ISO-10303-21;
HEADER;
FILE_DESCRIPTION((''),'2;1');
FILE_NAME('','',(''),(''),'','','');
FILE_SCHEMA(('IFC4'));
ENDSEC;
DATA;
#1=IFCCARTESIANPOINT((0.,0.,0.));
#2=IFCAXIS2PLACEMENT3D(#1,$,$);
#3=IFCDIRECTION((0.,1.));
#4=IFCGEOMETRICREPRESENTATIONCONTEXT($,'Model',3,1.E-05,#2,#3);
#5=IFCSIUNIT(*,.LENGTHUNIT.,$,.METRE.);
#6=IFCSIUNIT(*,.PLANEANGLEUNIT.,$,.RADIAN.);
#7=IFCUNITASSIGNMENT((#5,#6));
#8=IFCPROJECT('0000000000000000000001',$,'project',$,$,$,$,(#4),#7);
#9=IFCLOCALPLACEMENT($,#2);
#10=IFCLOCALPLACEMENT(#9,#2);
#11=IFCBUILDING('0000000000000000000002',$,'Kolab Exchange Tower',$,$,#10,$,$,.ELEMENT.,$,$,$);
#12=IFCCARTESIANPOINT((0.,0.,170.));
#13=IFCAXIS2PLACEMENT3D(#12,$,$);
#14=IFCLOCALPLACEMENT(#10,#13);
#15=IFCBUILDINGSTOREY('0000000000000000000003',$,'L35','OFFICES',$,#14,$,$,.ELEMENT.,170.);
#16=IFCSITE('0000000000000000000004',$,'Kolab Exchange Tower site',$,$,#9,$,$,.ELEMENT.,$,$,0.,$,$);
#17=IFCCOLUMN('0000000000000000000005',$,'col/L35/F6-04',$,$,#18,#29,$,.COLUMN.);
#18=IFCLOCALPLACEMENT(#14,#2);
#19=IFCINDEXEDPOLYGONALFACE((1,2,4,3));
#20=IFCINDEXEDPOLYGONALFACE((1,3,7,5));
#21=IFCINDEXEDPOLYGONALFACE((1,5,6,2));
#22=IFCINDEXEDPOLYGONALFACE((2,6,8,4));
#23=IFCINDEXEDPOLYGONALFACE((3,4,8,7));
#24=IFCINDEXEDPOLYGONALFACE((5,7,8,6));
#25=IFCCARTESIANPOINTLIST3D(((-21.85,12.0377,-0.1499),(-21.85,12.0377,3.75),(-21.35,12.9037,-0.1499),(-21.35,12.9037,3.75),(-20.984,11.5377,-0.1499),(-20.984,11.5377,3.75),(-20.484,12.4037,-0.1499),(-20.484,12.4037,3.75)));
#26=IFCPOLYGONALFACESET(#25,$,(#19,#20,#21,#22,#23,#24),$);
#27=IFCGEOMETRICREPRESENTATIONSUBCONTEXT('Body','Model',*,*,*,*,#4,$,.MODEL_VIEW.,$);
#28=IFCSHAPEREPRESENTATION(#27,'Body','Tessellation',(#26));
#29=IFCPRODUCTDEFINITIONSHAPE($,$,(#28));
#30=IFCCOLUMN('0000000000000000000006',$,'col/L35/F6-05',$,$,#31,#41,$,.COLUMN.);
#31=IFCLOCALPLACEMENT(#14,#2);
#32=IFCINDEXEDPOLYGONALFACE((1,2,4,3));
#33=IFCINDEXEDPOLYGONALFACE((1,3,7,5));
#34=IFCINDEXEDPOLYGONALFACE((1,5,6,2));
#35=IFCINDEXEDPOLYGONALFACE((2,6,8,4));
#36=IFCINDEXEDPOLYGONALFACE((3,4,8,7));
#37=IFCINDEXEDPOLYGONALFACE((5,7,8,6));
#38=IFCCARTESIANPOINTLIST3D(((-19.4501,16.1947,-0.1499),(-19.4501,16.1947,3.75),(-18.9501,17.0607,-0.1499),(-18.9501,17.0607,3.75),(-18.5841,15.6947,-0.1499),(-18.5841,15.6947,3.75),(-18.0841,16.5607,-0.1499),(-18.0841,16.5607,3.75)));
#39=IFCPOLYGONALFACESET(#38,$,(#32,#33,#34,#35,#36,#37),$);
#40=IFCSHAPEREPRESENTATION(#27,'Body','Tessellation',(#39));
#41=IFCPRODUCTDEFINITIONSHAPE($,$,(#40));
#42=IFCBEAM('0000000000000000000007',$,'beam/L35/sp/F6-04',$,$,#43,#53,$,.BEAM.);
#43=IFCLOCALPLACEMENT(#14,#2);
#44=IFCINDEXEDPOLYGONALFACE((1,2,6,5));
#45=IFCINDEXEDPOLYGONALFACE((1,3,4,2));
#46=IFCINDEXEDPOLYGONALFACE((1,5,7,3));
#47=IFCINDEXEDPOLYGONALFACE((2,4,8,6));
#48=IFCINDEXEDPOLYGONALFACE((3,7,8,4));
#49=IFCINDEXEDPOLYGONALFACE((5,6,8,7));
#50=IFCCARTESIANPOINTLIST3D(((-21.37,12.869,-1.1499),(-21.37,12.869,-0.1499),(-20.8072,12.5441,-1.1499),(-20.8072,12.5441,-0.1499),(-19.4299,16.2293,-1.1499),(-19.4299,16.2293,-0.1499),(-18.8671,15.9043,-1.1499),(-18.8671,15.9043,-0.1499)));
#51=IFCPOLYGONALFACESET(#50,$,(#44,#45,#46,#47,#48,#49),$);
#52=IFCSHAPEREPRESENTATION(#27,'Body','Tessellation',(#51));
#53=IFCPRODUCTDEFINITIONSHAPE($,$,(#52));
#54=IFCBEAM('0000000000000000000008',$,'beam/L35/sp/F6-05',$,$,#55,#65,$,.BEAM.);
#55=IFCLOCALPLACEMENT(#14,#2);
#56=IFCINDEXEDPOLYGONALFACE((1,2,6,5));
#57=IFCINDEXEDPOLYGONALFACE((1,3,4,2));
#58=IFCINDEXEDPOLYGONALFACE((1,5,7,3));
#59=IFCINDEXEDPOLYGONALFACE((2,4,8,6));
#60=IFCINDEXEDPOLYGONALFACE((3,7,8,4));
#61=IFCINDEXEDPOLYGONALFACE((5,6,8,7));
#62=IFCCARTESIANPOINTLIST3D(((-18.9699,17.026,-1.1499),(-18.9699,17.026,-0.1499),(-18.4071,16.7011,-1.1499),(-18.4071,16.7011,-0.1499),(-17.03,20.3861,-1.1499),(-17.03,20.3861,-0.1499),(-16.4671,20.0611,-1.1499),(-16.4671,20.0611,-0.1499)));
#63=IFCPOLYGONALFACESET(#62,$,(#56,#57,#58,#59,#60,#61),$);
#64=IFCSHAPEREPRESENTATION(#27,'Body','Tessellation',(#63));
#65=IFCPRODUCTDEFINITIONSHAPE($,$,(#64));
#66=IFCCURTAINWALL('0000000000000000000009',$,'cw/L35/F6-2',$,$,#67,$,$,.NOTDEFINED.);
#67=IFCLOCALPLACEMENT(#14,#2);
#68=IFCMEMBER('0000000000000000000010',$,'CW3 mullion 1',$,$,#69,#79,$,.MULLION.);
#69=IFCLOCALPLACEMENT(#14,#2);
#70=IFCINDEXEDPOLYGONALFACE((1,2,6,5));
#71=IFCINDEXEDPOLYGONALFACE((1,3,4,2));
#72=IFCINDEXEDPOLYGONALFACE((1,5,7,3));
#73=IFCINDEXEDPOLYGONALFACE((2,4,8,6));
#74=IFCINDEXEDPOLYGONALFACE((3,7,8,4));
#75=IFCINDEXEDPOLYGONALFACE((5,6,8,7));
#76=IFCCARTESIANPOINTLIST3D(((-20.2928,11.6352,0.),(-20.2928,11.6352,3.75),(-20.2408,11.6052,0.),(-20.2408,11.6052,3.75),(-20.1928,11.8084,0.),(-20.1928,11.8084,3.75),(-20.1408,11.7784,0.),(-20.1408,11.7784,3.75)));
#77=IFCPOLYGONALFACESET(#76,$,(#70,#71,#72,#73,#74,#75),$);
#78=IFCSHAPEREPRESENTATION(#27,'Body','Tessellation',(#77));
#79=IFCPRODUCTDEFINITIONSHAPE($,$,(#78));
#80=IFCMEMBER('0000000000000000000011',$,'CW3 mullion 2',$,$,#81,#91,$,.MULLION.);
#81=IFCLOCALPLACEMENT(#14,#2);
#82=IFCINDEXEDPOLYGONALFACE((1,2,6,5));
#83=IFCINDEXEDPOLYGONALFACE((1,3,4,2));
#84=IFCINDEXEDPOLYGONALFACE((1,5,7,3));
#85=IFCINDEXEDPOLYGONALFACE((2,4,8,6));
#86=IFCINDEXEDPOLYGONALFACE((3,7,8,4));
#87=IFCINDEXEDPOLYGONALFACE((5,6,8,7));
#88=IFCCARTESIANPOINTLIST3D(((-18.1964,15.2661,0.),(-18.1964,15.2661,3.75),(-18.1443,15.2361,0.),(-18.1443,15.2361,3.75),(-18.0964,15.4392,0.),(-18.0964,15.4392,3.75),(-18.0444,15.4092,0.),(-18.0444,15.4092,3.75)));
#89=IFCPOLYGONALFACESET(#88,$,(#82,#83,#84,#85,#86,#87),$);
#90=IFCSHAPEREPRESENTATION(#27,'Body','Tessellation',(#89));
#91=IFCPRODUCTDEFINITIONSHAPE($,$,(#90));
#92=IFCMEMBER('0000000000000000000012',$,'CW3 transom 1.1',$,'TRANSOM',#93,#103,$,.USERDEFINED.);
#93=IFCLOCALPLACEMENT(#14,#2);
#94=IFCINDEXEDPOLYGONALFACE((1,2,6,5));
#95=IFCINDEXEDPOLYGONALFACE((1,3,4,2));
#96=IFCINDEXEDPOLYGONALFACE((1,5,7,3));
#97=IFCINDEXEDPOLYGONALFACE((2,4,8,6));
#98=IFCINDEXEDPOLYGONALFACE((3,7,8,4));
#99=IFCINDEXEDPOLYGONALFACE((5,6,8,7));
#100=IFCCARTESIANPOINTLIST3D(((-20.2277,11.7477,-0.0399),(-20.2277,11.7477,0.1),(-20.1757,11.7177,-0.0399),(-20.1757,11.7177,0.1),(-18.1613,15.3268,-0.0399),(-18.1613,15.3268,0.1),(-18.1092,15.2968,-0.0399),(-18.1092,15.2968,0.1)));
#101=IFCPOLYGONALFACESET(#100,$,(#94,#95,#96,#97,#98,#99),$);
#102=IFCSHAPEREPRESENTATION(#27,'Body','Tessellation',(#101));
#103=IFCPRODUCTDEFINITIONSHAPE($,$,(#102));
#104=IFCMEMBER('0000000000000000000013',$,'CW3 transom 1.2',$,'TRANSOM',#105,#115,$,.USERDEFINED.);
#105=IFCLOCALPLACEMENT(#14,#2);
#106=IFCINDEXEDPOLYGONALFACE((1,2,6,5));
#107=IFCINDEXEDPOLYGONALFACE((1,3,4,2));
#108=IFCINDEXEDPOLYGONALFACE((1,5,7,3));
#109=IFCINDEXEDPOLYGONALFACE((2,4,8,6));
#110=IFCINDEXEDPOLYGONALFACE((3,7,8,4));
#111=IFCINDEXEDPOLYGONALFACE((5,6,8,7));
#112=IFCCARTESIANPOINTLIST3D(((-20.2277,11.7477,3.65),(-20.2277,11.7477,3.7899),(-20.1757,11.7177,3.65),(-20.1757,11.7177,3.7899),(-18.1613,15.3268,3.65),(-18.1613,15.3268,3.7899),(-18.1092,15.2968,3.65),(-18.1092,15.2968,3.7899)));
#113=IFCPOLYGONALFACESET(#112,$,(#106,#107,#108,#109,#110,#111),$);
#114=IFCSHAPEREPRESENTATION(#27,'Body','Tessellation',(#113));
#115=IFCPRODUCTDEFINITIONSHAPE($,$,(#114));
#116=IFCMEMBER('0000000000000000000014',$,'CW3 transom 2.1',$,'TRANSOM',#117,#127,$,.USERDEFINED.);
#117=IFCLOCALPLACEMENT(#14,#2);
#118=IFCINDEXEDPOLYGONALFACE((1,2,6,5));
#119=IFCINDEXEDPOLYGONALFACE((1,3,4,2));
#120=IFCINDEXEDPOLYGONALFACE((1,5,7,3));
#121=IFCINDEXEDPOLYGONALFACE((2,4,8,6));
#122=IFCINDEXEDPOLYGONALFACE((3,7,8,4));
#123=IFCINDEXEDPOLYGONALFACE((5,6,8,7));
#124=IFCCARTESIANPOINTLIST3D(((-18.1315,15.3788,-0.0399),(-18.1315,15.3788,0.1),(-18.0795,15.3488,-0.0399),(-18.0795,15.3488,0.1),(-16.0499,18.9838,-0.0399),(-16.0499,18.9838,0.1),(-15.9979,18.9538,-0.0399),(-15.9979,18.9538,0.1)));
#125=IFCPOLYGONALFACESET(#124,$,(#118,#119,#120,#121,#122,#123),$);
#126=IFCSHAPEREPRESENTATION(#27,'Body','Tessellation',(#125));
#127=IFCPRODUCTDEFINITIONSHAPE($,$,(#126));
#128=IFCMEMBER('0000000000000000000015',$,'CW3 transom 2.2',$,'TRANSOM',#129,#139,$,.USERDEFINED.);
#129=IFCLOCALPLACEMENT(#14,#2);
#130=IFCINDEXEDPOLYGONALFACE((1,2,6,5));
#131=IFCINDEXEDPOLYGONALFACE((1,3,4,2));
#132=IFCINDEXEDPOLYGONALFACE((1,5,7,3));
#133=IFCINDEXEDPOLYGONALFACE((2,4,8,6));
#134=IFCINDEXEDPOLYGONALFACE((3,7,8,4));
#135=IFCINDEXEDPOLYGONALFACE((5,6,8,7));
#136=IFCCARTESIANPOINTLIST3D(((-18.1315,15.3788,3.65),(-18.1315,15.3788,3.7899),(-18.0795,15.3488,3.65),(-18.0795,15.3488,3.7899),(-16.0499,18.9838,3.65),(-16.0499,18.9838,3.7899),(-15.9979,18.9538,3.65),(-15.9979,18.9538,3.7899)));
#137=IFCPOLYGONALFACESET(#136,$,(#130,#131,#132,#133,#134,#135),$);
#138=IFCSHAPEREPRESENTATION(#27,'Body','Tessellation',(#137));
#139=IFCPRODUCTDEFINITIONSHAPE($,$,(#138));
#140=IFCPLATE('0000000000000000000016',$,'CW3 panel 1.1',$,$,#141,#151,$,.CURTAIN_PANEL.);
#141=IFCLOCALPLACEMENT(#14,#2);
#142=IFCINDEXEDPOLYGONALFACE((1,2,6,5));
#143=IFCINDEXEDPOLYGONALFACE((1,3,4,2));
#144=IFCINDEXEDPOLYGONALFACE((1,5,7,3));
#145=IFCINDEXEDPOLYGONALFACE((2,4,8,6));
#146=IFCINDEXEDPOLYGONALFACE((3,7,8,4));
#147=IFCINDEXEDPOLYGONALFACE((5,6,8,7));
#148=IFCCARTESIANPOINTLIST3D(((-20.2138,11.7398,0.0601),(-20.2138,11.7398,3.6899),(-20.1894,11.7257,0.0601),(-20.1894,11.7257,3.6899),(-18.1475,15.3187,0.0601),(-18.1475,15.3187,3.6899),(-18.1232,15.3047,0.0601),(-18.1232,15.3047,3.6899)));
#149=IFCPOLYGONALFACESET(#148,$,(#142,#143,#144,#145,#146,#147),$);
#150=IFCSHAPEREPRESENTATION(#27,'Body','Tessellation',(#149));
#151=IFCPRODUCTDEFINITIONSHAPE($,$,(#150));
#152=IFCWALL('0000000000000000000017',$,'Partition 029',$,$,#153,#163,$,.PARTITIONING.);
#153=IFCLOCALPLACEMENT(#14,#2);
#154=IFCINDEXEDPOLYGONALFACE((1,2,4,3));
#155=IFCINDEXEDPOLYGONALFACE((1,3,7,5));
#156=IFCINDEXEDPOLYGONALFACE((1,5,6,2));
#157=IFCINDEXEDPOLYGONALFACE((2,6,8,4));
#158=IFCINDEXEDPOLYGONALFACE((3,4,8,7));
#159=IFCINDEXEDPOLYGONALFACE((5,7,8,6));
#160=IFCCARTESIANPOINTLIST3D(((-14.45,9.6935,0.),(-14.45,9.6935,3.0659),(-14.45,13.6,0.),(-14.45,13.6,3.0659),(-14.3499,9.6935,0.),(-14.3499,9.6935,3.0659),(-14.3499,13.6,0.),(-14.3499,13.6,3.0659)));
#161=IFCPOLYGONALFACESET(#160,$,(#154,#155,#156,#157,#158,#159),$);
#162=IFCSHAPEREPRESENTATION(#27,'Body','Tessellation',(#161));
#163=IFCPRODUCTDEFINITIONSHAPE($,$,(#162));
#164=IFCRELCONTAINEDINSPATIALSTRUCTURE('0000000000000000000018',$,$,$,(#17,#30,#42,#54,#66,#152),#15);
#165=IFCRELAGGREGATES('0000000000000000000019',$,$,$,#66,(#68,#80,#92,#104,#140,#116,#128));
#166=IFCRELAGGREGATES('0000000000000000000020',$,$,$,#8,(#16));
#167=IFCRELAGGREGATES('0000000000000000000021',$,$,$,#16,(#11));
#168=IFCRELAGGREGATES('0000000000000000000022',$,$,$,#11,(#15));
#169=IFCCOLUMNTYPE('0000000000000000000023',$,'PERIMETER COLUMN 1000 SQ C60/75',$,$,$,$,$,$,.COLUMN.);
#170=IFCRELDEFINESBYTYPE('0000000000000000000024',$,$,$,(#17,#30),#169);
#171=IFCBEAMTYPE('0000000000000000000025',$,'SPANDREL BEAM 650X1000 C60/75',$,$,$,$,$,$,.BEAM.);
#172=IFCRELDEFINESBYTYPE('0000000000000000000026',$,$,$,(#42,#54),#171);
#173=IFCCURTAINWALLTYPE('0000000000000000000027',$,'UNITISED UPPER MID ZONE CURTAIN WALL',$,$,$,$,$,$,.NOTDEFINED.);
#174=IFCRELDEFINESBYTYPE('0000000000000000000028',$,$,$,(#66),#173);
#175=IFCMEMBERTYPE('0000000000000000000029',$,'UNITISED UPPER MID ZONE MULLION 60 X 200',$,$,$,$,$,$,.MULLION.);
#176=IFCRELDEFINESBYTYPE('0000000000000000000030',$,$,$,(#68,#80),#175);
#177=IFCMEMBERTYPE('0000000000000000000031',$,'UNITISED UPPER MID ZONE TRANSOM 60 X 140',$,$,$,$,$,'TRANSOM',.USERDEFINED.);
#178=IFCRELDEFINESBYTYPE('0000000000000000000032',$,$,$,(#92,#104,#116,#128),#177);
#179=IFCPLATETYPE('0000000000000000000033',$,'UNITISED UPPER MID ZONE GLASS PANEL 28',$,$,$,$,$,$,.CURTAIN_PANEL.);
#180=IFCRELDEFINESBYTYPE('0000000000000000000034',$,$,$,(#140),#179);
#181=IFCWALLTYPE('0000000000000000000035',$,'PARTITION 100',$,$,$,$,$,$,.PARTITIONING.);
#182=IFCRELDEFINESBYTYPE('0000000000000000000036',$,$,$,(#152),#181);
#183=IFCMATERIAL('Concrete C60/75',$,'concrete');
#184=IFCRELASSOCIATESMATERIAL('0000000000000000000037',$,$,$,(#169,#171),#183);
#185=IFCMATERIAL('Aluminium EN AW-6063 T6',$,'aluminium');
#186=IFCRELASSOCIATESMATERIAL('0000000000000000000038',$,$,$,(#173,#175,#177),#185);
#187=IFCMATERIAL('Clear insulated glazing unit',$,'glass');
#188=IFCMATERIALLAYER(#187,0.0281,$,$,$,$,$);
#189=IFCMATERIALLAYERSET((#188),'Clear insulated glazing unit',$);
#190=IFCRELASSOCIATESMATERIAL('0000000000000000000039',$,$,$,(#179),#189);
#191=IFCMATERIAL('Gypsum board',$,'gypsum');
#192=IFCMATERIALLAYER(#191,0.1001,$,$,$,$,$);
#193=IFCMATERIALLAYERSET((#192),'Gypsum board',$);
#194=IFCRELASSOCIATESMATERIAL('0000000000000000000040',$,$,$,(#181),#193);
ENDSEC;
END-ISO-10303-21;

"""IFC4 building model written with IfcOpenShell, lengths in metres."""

from ifc_helpers import new_model, si_unit, direction, frame, frame_2d, origin, origin_2d, place, context, subcontext, project, spatial, rectangle, extrude, material, layer, layer_set, material_profile, profile_set, type_object, element, aggregate, save


model = new_model("IFC4")

# Units and contexts
model_context = context("Model", 3, precision=1e-05, world=origin(), true_north=direction((0.0, 1.0)))
body_context = subcontext(model_context, "Body", "Model", "MODEL_VIEW")
ifc_project = project(units=[si_unit("LENGTHUNIT", "METRE"), si_unit("PLANEANGLEUNIT", "RADIAN")], contexts=[model_context])

# Site, building, storey
site_placement = place(None, origin())
site = spatial("IfcSite", under=ifc_project, at=site_placement, Name="Kolab Exchange Tower site", CompositionType="ELEMENT", RefElevation=0.0)
building_placement = place(site_placement, origin())
building = spatial("IfcBuilding", under=site, at=building_placement, Name="Kolab Exchange Tower", CompositionType="ELEMENT")
storey_placement = place(building_placement, frame((0.0, 0.0, 170.0)))
storey = spatial("IfcBuildingStorey", under=building, at=storey_placement, Name="L35", Description="OFFICES", CompositionType="ELEMENT", Elevation=170.0)

# Columns
ifc_material_1 = material(Name="Concrete C60/75", Category="concrete")
ifc_material_profile_1 = material_profile(ifc_material_1, rectangle(XDim=1.0, YDim=1.0, at=origin_2d()), Name="RC1000")
ifc_profile_set_1 = profile_set([ifc_material_profile_1], Name="Concrete C60/75")
column_type = type_object("IfcColumnType", Name="PERIMETER COLUMN 1000 SQ C60/75", PredefinedType="COLUMN", material=ifc_profile_set_1)
for number, where, z_axis, x_axis, name in (
    (1, (-21.167, 12.2207, -0.1499), (0.0, 0.0, 1.0), (0.5, 0.866025, 0.0), "col/L35/F6-04"),
    (2, (-18.7671, 16.3777, -0.1499), (0.0, 0.0, 1.0), (0.5, 0.866025, 0.0), "col/L35/F6-05"),
):
    element("IfcColumn", number, at=place(storey_placement, frame(where, z_axis=z_axis, x_axis=x_axis)), inside=storey, type_object=column_type, Name=name, PredefinedType="COLUMN", context=body_context, shape_type="SweptSolid", body=[
        extrude(rectangle(XDim=1.0, YDim=1.0, at=origin_2d()), origin(), (0.0, 0.0, 1.0), 3.8999),
    ])

# Beams
ifc_material_profile_2 = material_profile(ifc_material_1, rectangle(XDim=0.6499, YDim=1.0, at=origin_2d()), Name="RC650X1000")
ifc_profile_set_2 = profile_set([ifc_material_profile_2], Name="Concrete C60/75")
beam_type = type_object("IfcBeamType", Name="SPANDREL BEAM 650X1000 C60/75", PredefinedType="BEAM", material=ifc_profile_set_2)
beam_1_placement = place(storey_placement, frame((-21.0886, 12.7065, -0.6499), z_axis=(0.500017, 0.866016, 0.0), x_axis=(-0.866016, 0.500017, 0.0)))
element("IfcBeam", 3, at=beam_1_placement, inside=storey, type_object=beam_type, Name="beam/L35/sp/F6-04", PredefinedType="BEAM", context=body_context, shape_type="SweptSolid", body=[
    extrude(rectangle(XDim=0.6499, YDim=1.0, at=origin_2d()), origin(), (0.0, 0.0, 1.0), 3.8801),
])
beam_2_placement = place(storey_placement, frame((-18.6885, 16.8635, -0.6499), z_axis=(0.499997, 0.866027, 0.0), x_axis=(-0.866027, 0.499997, 0.0)))
element("IfcBeam", 4, at=beam_2_placement, inside=storey, type_object=beam_type, Name="beam/L35/sp/F6-05", PredefinedType="BEAM", context=body_context, shape_type="SweptSolid", body=[
    extrude(rectangle(XDim=0.6499, YDim=1.0, at=origin_2d()), origin(), (0.0, 0.0, 1.0), 3.8799),
])

# Curtain wall, members, plate
ifc_material_2 = material(Name="Aluminium EN AW-6063 T6", Category="aluminium")
curtain_wall_type = type_object("IfcCurtainWallType", Name="UNITISED UPPER MID ZONE CURTAIN WALL", PredefinedType="NOTDEFINED", material=ifc_material_2)
curtain_wall_placement = place(storey_placement, origin())
curtain_wall = element("IfcCurtainWall", 5, at=curtain_wall_placement, inside=storey, type_object=curtain_wall_type, Name="cw/L35/F6-2", PredefinedType="NOTDEFINED")
ifc_material_profile_3 = material_profile(ifc_material_2, rectangle(XDim=0.0601, YDim=0.2, at=origin_2d()), Name="RECT 60X200")
ifc_profile_set_3 = profile_set([ifc_material_profile_3], Name="Aluminium EN AW-6063 T6")
member_type_1 = type_object("IfcMemberType", Name="UNITISED UPPER MID ZONE MULLION 60 X 200", PredefinedType="MULLION", material=ifc_profile_set_3)
member_1_placement = place(storey_placement, frame((-20.2168, 11.7068, 0.0), z_axis=(0.0, 0.0, 1.0), x_axis=(-0.866025, 0.5, 0.0)))
member_1 = element("IfcMember", 6, at=member_1_placement, type_object=member_type_1, Name="CW3 mullion 1", PredefinedType="MULLION", context=body_context, shape_type="SweptSolid", body=[
    extrude(rectangle(XDim=0.0601, YDim=0.2, at=origin_2d()), origin(), (0.0, 0.0, 1.0), 3.75),
])
member_2_placement = place(storey_placement, frame((-18.1204, 15.3376, 0.0), z_axis=(0.0, 0.0, 1.0), x_axis=(-0.866025, 0.5, 0.0)))
member_2 = element("IfcMember", 7, at=member_2_placement, type_object=member_type_1, Name="CW3 mullion 2", PredefinedType="MULLION", context=body_context, shape_type="SweptSolid", body=[
    extrude(rectangle(XDim=0.0601, YDim=0.2, at=origin_2d()), origin(), (0.0, 0.0, 1.0), 3.75),
])
ifc_material_profile_4 = material_profile(ifc_material_2, rectangle(XDim=0.0601, YDim=0.1399, at=origin_2d()), Name="RECT 60X140")
ifc_profile_set_4 = profile_set([ifc_material_profile_4], Name="Aluminium EN AW-6063 T6")
member_type_2 = type_object("IfcMemberType", Name="UNITISED UPPER MID ZONE TRANSOM 60 X 140", ElementType="TRANSOM", PredefinedType="USERDEFINED", material=ifc_profile_set_4)
member_3_placement = place(storey_placement, frame((-20.2017, 11.7327, 0.03), z_axis=(0.500002, 0.866024, 0.0), x_axis=(-0.866024, 0.500002, 0.0)))
member_3 = element("IfcMember", 8, at=member_3_placement, type_object=member_type_2, Name="CW3 transom 1.1", ObjectType="TRANSOM", PredefinedType="USERDEFINED", context=body_context, shape_type="SweptSolid", body=[
    extrude(rectangle(XDim=0.0601, YDim=0.1399, at=origin_2d()), origin(), (0.0, 0.0, 1.0), 4.1328),
])
member_4_placement = place(storey_placement, frame((-20.2017, 11.7327, 3.72), z_axis=(0.500002, 0.866024, 0.0), x_axis=(-0.866024, 0.500002, 0.0)))
member_4 = element("IfcMember", 9, at=member_4_placement, type_object=member_type_2, Name="CW3 transom 1.2", ObjectType="TRANSOM", PredefinedType="USERDEFINED", context=body_context, shape_type="SweptSolid", body=[
    extrude(rectangle(XDim=0.0601, YDim=0.1399, at=origin_2d()), origin(), (0.0, 0.0, 1.0), 4.1328),
])
member_5_placement = place(storey_placement, frame((-18.1055, 15.3638, 0.03), z_axis=(0.500037, 0.866004, 0.0), x_axis=(-0.866004, 0.500037, 0.0)))
member_5 = element("IfcMember", 10, at=member_5_placement, type_object=member_type_2, Name="CW3 transom 2.1", ObjectType="TRANSOM", PredefinedType="USERDEFINED", context=body_context, shape_type="SweptSolid", body=[
    extrude(rectangle(XDim=0.0601, YDim=0.1399, at=origin_2d()), origin(), (0.0, 0.0, 1.0), 4.1628),
])
member_6_placement = place(storey_placement, frame((-18.1055, 15.3638, 3.72), z_axis=(0.500037, 0.866004, 0.0), x_axis=(-0.866004, 0.500037, 0.0)))
member_6 = element("IfcMember", 11, at=member_6_placement, type_object=member_type_2, Name="CW3 transom 2.2", ObjectType="TRANSOM", PredefinedType="USERDEFINED", context=body_context, shape_type="SweptSolid", body=[
    extrude(rectangle(XDim=0.0601, YDim=0.1399, at=origin_2d()), origin(), (0.0, 0.0, 1.0), 4.1628),
])
ifc_material_3 = material(Name="Clear insulated glazing unit", Category="glass")
ifc_layer_1 = layer(ifc_material_3, 0.0281)
ifc_layer_set_1 = layer_set([ifc_layer_1], Name="Clear insulated glazing unit")
plate_type = type_object("IfcPlateType", Name="UNITISED UPPER MID ZONE GLASS PANEL 28", PredefinedType="CURTAIN_PANEL", material=ifc_layer_set_1)
plate_placement = place(storey_placement, frame((-19.1685, 13.5222, 0.0601), z_axis=(0.0, 0.0, 1.0), x_axis=(0.5, 0.866025, 0.0)))
plate = element("IfcPlate", 12, at=plate_placement, type_object=plate_type, Name="CW3 panel 1.1", PredefinedType="CURTAIN_PANEL", context=body_context, shape_type="SweptSolid", body=[
    extrude(rectangle(XDim=4.1326, YDim=0.0281, at=origin_2d()), origin(), (0.0, 0.0, 1.0), 3.6299),
])
aggregate(curtain_wall, [member_1, member_2, member_3, member_4, plate, member_5, member_6])

# Wall
ifc_material_4 = material(Name="Gypsum board", Category="gypsum")
ifc_layer_2 = layer(ifc_material_4, 0.1001)
ifc_layer_set_2 = layer_set([ifc_layer_2], Name="Gypsum board")
wall_type_1 = type_object("IfcWallType", Name="PARTITION 100", PredefinedType="PARTITIONING", material=ifc_layer_set_2)
wall_1_placement = place(storey_placement, frame((-14.3999, 9.6936, 0.0), z_axis=(0.0, 0.0, 1.0), x_axis=(0.0, 1.0, 0.0)))
element("IfcWall", 13, at=wall_1_placement, inside=storey, type_object=wall_type_1, Name="Partition 029", PredefinedType="PARTITIONING", context=body_context, shape_type="SweptSolid", body=[
    extrude(rectangle(XDim=3.9065, YDim=0.1001, at=frame_2d((1.9531, 0.0))), origin(), (0.0, 0.0, 1.0), 3.0659),
])

save(model, "model.ifc")
